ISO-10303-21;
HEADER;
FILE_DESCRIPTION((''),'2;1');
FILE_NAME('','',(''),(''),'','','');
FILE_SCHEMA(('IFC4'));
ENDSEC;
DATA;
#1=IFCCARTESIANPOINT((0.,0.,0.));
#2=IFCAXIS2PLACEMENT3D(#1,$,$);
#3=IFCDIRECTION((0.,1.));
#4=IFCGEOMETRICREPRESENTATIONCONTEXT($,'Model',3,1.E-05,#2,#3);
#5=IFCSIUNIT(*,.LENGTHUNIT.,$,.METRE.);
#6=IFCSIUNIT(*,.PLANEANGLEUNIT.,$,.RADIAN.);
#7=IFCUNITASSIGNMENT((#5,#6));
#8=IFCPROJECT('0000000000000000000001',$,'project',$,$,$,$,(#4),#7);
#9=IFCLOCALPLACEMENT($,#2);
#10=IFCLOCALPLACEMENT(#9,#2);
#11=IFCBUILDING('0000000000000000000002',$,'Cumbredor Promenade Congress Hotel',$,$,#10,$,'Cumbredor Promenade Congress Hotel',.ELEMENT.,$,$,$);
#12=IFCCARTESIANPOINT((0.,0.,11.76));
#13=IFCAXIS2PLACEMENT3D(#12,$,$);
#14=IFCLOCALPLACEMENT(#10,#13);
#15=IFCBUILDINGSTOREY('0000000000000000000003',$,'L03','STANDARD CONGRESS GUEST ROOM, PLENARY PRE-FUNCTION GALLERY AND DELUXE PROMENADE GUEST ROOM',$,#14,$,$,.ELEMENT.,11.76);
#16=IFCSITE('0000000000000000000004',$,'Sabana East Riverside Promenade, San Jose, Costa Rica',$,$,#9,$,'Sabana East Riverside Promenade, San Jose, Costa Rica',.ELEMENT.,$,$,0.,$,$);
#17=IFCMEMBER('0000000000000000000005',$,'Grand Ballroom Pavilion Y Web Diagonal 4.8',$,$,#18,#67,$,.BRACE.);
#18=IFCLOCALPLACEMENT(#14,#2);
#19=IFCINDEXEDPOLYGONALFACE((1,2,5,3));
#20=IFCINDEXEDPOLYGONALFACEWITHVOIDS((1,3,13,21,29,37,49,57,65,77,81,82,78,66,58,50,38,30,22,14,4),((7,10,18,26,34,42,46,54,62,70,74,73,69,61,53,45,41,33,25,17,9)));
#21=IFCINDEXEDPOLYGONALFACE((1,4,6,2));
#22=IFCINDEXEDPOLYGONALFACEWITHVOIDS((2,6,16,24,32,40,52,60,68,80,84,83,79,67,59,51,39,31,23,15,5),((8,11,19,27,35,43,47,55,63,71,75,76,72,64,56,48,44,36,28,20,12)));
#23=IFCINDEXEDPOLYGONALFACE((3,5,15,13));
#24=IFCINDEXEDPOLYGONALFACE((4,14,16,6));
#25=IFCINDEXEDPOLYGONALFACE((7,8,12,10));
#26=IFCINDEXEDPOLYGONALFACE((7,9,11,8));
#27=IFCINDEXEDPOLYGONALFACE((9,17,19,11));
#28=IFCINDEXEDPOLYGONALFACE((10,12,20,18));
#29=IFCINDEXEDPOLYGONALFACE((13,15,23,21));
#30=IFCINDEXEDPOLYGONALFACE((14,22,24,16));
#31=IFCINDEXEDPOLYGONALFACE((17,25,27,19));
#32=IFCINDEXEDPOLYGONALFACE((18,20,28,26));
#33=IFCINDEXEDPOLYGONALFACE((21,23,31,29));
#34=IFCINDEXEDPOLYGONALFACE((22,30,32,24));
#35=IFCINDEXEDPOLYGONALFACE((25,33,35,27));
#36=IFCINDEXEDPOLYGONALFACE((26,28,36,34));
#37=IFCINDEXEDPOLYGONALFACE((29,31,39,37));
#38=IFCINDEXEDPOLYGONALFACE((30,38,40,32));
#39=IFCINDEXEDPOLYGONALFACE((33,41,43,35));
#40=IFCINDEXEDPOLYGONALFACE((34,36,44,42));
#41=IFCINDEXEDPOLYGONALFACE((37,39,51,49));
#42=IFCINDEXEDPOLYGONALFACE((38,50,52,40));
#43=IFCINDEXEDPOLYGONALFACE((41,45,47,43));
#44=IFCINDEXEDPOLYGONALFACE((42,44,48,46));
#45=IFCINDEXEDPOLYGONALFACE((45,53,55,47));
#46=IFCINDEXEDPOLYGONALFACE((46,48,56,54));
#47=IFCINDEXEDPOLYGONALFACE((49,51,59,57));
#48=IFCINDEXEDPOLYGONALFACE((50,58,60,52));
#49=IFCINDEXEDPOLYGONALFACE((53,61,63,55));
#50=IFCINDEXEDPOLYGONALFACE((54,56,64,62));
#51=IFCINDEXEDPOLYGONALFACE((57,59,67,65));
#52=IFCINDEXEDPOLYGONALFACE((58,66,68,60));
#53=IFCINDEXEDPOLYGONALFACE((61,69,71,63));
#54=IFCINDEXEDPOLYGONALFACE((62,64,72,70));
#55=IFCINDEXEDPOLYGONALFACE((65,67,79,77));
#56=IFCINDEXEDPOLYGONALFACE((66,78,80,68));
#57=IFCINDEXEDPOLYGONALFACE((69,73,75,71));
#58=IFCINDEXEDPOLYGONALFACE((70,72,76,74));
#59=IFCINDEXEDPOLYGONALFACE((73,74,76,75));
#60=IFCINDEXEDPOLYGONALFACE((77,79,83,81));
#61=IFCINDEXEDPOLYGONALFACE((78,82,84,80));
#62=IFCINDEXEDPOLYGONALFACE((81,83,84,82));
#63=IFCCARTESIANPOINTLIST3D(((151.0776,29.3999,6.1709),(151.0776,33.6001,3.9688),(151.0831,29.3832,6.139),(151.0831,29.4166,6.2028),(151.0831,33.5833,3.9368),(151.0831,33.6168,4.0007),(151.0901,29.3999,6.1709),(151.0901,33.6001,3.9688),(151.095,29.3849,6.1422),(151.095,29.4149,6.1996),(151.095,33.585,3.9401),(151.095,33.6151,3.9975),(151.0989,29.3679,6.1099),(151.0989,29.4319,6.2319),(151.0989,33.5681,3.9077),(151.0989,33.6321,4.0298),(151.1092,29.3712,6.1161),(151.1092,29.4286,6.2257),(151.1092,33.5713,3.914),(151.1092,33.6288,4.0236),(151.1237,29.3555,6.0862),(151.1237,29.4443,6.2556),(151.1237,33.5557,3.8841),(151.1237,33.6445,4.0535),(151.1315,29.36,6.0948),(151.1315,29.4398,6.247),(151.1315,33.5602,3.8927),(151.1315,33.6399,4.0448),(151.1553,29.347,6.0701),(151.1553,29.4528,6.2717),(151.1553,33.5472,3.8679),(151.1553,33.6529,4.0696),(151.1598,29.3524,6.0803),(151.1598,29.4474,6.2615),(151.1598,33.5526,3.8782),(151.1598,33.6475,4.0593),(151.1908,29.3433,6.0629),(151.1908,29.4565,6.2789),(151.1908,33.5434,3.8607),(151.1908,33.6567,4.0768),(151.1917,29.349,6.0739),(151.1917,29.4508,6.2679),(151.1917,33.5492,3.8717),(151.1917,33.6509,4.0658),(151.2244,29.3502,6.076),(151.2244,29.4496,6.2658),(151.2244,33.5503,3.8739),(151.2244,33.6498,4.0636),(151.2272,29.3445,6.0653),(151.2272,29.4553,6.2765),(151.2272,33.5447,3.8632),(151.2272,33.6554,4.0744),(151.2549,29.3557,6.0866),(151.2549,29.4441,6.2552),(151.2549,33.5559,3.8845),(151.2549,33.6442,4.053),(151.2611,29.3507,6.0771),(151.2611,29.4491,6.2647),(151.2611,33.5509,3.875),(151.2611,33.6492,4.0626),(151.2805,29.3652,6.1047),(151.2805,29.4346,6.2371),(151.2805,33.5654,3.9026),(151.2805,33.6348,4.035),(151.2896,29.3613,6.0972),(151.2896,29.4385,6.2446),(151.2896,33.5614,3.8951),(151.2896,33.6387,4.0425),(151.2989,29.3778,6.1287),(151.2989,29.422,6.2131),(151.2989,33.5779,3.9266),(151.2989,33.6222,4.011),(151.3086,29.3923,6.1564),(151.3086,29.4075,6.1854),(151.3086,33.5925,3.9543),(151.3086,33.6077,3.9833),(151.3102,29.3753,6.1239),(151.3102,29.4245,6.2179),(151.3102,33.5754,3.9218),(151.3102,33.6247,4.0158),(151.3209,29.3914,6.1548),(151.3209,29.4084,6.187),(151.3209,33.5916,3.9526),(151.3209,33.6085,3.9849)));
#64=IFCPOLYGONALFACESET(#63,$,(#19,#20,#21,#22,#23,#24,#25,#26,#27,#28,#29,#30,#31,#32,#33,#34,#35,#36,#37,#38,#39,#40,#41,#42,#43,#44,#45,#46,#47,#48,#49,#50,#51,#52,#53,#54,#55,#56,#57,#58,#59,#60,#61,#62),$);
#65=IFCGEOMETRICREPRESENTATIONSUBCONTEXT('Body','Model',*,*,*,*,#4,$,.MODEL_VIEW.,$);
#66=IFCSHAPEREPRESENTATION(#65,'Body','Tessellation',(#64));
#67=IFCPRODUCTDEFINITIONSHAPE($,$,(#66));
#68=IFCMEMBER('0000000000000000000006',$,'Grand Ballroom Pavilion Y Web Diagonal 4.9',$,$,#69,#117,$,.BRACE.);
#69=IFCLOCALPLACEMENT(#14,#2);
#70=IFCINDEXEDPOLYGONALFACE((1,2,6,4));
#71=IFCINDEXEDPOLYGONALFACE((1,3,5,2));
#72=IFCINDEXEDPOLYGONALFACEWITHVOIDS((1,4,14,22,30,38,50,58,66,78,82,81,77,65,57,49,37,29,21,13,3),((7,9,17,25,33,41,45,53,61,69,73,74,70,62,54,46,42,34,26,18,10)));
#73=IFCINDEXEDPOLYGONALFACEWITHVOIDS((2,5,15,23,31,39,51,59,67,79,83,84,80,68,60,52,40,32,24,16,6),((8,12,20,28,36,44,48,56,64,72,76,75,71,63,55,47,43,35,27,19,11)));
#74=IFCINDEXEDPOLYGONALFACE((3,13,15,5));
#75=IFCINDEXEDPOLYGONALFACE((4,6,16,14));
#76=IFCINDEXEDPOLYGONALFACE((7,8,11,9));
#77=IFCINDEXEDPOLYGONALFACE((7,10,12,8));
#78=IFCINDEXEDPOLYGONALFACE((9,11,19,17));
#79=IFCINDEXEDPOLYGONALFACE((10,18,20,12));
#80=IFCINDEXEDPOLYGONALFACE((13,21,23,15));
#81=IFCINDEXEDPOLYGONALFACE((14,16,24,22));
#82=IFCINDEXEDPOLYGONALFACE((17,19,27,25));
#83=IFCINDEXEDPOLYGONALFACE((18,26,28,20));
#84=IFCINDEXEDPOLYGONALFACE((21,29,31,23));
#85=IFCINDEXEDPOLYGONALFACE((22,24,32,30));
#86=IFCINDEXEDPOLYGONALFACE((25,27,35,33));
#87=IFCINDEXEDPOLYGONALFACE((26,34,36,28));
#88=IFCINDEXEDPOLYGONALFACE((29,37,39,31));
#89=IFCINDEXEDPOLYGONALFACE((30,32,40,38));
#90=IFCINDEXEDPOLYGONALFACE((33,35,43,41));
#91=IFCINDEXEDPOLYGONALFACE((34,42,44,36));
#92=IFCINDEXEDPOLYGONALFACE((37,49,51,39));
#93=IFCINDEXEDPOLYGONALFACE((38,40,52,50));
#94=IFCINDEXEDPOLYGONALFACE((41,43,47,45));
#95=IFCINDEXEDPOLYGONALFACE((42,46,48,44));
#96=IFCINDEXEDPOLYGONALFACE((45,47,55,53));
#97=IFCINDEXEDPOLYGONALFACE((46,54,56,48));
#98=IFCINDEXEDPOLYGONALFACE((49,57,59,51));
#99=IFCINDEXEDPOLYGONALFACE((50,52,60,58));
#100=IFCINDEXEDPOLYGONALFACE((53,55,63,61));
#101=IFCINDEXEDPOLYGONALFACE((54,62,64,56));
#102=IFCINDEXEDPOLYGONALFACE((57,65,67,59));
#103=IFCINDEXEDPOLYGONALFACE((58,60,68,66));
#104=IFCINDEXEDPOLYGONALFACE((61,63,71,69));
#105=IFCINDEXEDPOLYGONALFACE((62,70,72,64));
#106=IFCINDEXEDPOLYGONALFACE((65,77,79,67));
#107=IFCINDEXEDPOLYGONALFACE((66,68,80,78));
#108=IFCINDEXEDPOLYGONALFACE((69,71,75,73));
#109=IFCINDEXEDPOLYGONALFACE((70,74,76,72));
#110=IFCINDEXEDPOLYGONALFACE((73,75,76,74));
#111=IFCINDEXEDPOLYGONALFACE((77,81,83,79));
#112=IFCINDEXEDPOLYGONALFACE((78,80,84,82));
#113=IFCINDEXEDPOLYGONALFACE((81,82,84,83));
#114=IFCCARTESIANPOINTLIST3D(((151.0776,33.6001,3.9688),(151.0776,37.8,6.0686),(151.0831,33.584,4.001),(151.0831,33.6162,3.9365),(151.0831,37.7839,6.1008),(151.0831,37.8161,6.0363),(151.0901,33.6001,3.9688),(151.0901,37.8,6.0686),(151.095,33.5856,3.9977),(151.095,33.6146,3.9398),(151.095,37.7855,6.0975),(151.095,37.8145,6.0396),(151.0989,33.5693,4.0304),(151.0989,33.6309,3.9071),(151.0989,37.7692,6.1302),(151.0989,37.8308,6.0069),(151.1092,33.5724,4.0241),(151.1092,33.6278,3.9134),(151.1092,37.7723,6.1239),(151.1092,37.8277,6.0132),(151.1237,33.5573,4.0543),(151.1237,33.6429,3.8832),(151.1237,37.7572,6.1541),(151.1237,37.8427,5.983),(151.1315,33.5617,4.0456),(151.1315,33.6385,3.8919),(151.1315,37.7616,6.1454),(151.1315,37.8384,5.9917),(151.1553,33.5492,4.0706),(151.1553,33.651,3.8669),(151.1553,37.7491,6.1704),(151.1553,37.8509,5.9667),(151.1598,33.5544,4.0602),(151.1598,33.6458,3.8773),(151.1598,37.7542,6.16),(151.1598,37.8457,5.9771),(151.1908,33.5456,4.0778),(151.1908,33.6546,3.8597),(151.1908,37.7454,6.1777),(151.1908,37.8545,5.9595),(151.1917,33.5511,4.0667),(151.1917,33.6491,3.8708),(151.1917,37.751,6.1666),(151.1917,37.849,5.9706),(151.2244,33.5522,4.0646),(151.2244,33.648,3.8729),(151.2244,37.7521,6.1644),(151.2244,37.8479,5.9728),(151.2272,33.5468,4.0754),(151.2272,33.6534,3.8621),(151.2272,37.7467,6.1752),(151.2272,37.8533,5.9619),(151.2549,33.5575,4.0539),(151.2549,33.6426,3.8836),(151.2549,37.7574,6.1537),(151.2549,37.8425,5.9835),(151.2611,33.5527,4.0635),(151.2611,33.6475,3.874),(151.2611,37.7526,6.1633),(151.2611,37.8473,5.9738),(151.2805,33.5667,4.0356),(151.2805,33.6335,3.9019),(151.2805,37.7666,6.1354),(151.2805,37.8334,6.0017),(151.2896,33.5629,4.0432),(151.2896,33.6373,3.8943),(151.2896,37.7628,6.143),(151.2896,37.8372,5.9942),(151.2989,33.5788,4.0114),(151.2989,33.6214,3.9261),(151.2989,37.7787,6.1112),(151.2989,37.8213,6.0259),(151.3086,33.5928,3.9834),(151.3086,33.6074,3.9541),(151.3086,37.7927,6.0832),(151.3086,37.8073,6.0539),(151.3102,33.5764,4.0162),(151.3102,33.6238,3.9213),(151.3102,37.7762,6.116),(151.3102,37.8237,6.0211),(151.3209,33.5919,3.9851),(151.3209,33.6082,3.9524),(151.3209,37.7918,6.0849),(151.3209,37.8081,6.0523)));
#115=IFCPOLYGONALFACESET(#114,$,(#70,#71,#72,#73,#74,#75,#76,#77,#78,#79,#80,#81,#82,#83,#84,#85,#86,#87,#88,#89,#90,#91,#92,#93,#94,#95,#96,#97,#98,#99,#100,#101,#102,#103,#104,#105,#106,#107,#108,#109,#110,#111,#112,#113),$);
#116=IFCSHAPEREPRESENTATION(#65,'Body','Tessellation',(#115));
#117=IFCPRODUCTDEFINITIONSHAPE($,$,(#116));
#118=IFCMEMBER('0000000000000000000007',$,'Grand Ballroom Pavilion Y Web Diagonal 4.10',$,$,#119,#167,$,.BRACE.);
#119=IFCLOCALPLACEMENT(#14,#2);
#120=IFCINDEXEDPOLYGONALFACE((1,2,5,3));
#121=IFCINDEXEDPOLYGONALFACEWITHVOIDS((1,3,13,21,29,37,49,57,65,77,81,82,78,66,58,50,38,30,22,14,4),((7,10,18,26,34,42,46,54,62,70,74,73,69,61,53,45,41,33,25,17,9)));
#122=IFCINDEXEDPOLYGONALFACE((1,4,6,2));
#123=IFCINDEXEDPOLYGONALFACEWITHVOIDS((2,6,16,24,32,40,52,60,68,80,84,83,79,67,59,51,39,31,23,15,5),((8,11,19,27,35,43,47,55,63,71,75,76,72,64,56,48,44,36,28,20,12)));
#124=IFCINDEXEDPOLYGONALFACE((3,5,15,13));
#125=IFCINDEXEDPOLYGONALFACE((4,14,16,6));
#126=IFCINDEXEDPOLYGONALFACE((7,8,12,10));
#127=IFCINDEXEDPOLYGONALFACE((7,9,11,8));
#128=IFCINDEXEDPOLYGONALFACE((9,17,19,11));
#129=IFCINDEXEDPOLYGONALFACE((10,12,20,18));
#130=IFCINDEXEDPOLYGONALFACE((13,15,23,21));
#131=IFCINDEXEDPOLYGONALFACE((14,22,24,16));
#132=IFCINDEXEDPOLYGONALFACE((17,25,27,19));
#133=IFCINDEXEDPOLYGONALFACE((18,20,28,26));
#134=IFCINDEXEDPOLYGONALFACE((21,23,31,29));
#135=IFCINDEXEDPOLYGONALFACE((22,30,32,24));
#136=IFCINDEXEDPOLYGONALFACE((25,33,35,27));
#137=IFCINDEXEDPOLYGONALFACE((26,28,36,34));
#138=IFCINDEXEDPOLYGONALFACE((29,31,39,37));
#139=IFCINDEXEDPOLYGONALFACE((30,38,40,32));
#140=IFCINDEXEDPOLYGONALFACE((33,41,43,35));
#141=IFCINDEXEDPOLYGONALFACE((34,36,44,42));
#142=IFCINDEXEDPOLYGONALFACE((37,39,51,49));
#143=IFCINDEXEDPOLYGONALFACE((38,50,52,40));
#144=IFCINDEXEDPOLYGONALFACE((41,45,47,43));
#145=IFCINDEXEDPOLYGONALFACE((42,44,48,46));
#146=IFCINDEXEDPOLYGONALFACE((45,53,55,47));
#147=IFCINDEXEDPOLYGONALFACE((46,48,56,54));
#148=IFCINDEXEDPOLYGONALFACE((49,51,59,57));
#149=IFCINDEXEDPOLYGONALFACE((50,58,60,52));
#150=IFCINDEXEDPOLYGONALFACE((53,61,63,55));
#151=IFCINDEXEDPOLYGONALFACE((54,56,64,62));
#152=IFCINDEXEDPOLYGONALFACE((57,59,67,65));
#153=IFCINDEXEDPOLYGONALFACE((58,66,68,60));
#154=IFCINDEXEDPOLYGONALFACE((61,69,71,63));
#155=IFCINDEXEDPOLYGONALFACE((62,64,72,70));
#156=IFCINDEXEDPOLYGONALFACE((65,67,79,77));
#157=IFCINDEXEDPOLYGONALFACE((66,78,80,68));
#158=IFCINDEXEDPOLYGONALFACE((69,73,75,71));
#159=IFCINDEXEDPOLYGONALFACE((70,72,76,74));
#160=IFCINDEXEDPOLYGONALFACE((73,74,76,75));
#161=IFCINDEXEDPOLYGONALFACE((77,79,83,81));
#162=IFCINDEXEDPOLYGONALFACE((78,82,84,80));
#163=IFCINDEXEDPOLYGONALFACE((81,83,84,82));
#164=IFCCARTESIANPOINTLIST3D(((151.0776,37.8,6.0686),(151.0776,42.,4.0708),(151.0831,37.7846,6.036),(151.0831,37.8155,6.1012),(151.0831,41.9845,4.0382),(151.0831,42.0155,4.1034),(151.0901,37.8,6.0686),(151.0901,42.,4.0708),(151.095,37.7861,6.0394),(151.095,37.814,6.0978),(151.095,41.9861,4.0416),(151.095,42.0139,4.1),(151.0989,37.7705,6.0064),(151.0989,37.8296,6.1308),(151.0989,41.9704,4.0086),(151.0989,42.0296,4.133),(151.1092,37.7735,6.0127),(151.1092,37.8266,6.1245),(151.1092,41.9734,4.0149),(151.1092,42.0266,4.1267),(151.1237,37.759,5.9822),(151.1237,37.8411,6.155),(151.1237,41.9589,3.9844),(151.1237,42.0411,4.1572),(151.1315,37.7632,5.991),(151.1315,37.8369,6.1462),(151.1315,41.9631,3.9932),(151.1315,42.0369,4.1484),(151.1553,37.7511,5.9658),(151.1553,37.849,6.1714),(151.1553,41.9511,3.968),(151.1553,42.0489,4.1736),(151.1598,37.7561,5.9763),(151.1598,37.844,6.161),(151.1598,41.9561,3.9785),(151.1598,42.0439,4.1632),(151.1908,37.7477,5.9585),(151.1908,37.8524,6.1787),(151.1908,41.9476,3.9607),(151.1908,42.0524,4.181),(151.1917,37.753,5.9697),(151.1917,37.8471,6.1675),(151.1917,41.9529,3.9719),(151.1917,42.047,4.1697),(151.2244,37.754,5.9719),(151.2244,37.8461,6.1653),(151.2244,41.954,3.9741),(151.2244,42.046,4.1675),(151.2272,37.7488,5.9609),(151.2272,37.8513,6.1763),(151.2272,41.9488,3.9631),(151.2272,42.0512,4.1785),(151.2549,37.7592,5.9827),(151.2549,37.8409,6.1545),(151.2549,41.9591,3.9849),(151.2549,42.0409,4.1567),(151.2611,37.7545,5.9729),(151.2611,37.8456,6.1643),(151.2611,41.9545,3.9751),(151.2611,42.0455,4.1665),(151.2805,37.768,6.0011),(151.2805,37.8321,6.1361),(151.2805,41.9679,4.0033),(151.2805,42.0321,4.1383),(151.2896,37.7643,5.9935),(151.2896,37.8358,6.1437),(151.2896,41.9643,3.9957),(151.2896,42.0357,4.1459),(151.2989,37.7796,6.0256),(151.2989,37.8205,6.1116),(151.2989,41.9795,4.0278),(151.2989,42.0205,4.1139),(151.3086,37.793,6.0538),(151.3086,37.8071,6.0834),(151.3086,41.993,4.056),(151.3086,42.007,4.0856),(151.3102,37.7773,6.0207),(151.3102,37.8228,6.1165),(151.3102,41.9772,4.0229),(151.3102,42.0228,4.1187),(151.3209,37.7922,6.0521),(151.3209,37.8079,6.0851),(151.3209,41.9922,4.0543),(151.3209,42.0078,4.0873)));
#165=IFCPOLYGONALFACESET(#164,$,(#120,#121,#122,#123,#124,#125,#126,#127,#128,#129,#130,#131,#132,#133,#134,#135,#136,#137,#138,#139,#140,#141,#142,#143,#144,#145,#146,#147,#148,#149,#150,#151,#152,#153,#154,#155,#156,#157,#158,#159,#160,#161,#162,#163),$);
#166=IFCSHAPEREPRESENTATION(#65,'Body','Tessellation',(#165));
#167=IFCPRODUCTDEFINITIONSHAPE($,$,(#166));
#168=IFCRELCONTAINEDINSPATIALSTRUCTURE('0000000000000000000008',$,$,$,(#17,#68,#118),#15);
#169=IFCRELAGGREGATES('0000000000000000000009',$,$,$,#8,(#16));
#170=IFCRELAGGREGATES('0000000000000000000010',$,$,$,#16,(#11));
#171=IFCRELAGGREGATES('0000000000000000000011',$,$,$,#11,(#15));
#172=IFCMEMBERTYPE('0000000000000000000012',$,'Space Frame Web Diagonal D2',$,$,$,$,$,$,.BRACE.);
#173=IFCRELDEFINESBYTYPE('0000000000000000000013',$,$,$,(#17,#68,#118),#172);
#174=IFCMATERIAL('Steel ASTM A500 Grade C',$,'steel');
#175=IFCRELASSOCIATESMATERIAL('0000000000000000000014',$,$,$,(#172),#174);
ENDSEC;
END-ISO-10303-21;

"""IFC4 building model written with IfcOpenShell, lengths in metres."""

from ifc_helpers import new_model, si_unit, direction, frame, origin, origin_2d, place, context, subcontext, project, spatial, hollow_circle, extrude, material, material_profile, profile_set, type_object, element, save


model = new_model("IFC4")

# Units and contexts
model_context = context("Model", 3, precision=1e-05, world=origin(), true_north=direction((0.0, 1.0)))
body_context = subcontext(model_context, "Body", "Model", "MODEL_VIEW")
ifc_project = project(units=[si_unit("LENGTHUNIT", "METRE"), si_unit("PLANEANGLEUNIT", "RADIAN")], contexts=[model_context])

# Site, building, storey
site_placement = place(None, origin())
site = spatial("IfcSite", under=ifc_project, at=site_placement, Name="Sabana East Riverside Promenade, San Jose, Costa Rica", LongName="Sabana East Riverside Promenade, San Jose, Costa Rica", CompositionType="ELEMENT", RefElevation=0.0)
building_placement = place(site_placement, origin())
building = spatial("IfcBuilding", under=site, at=building_placement, Name="Cumbredor Promenade Congress Hotel", LongName="Cumbredor Promenade Congress Hotel", CompositionType="ELEMENT")
storey_placement = place(building_placement, frame((0.0, 0.0, 11.76)))
storey = spatial("IfcBuildingStorey", under=building, at=storey_placement, Name="L03", Description="STANDARD CONGRESS GUEST ROOM, PLENARY PRE-FUNCTION GALLERY AND DELUXE PROMENADE GUEST ROOM", CompositionType="ELEMENT", Elevation=11.76)

# Members
ifc_material_1 = material(Name="Steel ASTM A500 Grade C", Category="steel")
ifc_material_profile_1 = material_profile(ifc_material_1, hollow_circle(Radius=0.1223, WallThickness=0.0125, at=origin_2d()), Name="CHS 244.5x12.5")
ifc_profile_set_1 = profile_set([ifc_material_profile_1], Name="Steel ASTM A500 Grade C")
member_type_1 = type_object("IfcMemberType", Name="Space Frame Web Diagonal D2", PredefinedType="BRACE", material=ifc_profile_set_1)
member_1_placement = place(storey_placement, frame((151.2, 29.3999, 6.1709), z_axis=(0.0, 0.885654, -0.464346), x_axis=(-1.0, 0.0, 0.0)))
element("IfcMember", 1, at=member_1_placement, inside=storey, type_object=member_type_1, Name="Grand Ballroom Pavilion Y Web Diagonal 4.8", PredefinedType="BRACE", context=body_context, shape_type="SweptSolid", body=[
    extrude(hollow_circle(Radius=0.1223, WallThickness=0.0125, at=origin_2d()), origin(), (0.0, 0.0, 1.0), 4.7424),
])
member_2_placement = place(storey_placement, frame((151.2, 33.6001, 3.9688), z_axis=(0.0, 0.894438, 0.447193), x_axis=(-1.0, 0.0, 0.0)))
element("IfcMember", 2, at=member_2_placement, inside=storey, type_object=member_type_1, Name="Grand Ballroom Pavilion Y Web Diagonal 4.9", PredefinedType="BRACE", context=body_context, shape_type="SweptSolid", body=[
    extrude(hollow_circle(Radius=0.1223, WallThickness=0.0125, at=origin_2d()), origin(), (0.0, 0.0, 1.0), 4.6956),
])
member_3_placement = place(storey_placement, frame((151.2, 37.8, 6.0686), z_axis=(0.0, 0.903042, -0.429553), x_axis=(-1.0, 0.0, 0.0)))
element("IfcMember", 3, at=member_3_placement, inside=storey, type_object=member_type_1, Name="Grand Ballroom Pavilion Y Web Diagonal 4.10", PredefinedType="BRACE", context=body_context, shape_type="SweptSolid", body=[
    extrude(hollow_circle(Radius=0.1223, WallThickness=0.0125, at=origin_2d()), origin(), (0.0, 0.0, 1.0), 4.6509),
])

save(model, "model.ifc")
